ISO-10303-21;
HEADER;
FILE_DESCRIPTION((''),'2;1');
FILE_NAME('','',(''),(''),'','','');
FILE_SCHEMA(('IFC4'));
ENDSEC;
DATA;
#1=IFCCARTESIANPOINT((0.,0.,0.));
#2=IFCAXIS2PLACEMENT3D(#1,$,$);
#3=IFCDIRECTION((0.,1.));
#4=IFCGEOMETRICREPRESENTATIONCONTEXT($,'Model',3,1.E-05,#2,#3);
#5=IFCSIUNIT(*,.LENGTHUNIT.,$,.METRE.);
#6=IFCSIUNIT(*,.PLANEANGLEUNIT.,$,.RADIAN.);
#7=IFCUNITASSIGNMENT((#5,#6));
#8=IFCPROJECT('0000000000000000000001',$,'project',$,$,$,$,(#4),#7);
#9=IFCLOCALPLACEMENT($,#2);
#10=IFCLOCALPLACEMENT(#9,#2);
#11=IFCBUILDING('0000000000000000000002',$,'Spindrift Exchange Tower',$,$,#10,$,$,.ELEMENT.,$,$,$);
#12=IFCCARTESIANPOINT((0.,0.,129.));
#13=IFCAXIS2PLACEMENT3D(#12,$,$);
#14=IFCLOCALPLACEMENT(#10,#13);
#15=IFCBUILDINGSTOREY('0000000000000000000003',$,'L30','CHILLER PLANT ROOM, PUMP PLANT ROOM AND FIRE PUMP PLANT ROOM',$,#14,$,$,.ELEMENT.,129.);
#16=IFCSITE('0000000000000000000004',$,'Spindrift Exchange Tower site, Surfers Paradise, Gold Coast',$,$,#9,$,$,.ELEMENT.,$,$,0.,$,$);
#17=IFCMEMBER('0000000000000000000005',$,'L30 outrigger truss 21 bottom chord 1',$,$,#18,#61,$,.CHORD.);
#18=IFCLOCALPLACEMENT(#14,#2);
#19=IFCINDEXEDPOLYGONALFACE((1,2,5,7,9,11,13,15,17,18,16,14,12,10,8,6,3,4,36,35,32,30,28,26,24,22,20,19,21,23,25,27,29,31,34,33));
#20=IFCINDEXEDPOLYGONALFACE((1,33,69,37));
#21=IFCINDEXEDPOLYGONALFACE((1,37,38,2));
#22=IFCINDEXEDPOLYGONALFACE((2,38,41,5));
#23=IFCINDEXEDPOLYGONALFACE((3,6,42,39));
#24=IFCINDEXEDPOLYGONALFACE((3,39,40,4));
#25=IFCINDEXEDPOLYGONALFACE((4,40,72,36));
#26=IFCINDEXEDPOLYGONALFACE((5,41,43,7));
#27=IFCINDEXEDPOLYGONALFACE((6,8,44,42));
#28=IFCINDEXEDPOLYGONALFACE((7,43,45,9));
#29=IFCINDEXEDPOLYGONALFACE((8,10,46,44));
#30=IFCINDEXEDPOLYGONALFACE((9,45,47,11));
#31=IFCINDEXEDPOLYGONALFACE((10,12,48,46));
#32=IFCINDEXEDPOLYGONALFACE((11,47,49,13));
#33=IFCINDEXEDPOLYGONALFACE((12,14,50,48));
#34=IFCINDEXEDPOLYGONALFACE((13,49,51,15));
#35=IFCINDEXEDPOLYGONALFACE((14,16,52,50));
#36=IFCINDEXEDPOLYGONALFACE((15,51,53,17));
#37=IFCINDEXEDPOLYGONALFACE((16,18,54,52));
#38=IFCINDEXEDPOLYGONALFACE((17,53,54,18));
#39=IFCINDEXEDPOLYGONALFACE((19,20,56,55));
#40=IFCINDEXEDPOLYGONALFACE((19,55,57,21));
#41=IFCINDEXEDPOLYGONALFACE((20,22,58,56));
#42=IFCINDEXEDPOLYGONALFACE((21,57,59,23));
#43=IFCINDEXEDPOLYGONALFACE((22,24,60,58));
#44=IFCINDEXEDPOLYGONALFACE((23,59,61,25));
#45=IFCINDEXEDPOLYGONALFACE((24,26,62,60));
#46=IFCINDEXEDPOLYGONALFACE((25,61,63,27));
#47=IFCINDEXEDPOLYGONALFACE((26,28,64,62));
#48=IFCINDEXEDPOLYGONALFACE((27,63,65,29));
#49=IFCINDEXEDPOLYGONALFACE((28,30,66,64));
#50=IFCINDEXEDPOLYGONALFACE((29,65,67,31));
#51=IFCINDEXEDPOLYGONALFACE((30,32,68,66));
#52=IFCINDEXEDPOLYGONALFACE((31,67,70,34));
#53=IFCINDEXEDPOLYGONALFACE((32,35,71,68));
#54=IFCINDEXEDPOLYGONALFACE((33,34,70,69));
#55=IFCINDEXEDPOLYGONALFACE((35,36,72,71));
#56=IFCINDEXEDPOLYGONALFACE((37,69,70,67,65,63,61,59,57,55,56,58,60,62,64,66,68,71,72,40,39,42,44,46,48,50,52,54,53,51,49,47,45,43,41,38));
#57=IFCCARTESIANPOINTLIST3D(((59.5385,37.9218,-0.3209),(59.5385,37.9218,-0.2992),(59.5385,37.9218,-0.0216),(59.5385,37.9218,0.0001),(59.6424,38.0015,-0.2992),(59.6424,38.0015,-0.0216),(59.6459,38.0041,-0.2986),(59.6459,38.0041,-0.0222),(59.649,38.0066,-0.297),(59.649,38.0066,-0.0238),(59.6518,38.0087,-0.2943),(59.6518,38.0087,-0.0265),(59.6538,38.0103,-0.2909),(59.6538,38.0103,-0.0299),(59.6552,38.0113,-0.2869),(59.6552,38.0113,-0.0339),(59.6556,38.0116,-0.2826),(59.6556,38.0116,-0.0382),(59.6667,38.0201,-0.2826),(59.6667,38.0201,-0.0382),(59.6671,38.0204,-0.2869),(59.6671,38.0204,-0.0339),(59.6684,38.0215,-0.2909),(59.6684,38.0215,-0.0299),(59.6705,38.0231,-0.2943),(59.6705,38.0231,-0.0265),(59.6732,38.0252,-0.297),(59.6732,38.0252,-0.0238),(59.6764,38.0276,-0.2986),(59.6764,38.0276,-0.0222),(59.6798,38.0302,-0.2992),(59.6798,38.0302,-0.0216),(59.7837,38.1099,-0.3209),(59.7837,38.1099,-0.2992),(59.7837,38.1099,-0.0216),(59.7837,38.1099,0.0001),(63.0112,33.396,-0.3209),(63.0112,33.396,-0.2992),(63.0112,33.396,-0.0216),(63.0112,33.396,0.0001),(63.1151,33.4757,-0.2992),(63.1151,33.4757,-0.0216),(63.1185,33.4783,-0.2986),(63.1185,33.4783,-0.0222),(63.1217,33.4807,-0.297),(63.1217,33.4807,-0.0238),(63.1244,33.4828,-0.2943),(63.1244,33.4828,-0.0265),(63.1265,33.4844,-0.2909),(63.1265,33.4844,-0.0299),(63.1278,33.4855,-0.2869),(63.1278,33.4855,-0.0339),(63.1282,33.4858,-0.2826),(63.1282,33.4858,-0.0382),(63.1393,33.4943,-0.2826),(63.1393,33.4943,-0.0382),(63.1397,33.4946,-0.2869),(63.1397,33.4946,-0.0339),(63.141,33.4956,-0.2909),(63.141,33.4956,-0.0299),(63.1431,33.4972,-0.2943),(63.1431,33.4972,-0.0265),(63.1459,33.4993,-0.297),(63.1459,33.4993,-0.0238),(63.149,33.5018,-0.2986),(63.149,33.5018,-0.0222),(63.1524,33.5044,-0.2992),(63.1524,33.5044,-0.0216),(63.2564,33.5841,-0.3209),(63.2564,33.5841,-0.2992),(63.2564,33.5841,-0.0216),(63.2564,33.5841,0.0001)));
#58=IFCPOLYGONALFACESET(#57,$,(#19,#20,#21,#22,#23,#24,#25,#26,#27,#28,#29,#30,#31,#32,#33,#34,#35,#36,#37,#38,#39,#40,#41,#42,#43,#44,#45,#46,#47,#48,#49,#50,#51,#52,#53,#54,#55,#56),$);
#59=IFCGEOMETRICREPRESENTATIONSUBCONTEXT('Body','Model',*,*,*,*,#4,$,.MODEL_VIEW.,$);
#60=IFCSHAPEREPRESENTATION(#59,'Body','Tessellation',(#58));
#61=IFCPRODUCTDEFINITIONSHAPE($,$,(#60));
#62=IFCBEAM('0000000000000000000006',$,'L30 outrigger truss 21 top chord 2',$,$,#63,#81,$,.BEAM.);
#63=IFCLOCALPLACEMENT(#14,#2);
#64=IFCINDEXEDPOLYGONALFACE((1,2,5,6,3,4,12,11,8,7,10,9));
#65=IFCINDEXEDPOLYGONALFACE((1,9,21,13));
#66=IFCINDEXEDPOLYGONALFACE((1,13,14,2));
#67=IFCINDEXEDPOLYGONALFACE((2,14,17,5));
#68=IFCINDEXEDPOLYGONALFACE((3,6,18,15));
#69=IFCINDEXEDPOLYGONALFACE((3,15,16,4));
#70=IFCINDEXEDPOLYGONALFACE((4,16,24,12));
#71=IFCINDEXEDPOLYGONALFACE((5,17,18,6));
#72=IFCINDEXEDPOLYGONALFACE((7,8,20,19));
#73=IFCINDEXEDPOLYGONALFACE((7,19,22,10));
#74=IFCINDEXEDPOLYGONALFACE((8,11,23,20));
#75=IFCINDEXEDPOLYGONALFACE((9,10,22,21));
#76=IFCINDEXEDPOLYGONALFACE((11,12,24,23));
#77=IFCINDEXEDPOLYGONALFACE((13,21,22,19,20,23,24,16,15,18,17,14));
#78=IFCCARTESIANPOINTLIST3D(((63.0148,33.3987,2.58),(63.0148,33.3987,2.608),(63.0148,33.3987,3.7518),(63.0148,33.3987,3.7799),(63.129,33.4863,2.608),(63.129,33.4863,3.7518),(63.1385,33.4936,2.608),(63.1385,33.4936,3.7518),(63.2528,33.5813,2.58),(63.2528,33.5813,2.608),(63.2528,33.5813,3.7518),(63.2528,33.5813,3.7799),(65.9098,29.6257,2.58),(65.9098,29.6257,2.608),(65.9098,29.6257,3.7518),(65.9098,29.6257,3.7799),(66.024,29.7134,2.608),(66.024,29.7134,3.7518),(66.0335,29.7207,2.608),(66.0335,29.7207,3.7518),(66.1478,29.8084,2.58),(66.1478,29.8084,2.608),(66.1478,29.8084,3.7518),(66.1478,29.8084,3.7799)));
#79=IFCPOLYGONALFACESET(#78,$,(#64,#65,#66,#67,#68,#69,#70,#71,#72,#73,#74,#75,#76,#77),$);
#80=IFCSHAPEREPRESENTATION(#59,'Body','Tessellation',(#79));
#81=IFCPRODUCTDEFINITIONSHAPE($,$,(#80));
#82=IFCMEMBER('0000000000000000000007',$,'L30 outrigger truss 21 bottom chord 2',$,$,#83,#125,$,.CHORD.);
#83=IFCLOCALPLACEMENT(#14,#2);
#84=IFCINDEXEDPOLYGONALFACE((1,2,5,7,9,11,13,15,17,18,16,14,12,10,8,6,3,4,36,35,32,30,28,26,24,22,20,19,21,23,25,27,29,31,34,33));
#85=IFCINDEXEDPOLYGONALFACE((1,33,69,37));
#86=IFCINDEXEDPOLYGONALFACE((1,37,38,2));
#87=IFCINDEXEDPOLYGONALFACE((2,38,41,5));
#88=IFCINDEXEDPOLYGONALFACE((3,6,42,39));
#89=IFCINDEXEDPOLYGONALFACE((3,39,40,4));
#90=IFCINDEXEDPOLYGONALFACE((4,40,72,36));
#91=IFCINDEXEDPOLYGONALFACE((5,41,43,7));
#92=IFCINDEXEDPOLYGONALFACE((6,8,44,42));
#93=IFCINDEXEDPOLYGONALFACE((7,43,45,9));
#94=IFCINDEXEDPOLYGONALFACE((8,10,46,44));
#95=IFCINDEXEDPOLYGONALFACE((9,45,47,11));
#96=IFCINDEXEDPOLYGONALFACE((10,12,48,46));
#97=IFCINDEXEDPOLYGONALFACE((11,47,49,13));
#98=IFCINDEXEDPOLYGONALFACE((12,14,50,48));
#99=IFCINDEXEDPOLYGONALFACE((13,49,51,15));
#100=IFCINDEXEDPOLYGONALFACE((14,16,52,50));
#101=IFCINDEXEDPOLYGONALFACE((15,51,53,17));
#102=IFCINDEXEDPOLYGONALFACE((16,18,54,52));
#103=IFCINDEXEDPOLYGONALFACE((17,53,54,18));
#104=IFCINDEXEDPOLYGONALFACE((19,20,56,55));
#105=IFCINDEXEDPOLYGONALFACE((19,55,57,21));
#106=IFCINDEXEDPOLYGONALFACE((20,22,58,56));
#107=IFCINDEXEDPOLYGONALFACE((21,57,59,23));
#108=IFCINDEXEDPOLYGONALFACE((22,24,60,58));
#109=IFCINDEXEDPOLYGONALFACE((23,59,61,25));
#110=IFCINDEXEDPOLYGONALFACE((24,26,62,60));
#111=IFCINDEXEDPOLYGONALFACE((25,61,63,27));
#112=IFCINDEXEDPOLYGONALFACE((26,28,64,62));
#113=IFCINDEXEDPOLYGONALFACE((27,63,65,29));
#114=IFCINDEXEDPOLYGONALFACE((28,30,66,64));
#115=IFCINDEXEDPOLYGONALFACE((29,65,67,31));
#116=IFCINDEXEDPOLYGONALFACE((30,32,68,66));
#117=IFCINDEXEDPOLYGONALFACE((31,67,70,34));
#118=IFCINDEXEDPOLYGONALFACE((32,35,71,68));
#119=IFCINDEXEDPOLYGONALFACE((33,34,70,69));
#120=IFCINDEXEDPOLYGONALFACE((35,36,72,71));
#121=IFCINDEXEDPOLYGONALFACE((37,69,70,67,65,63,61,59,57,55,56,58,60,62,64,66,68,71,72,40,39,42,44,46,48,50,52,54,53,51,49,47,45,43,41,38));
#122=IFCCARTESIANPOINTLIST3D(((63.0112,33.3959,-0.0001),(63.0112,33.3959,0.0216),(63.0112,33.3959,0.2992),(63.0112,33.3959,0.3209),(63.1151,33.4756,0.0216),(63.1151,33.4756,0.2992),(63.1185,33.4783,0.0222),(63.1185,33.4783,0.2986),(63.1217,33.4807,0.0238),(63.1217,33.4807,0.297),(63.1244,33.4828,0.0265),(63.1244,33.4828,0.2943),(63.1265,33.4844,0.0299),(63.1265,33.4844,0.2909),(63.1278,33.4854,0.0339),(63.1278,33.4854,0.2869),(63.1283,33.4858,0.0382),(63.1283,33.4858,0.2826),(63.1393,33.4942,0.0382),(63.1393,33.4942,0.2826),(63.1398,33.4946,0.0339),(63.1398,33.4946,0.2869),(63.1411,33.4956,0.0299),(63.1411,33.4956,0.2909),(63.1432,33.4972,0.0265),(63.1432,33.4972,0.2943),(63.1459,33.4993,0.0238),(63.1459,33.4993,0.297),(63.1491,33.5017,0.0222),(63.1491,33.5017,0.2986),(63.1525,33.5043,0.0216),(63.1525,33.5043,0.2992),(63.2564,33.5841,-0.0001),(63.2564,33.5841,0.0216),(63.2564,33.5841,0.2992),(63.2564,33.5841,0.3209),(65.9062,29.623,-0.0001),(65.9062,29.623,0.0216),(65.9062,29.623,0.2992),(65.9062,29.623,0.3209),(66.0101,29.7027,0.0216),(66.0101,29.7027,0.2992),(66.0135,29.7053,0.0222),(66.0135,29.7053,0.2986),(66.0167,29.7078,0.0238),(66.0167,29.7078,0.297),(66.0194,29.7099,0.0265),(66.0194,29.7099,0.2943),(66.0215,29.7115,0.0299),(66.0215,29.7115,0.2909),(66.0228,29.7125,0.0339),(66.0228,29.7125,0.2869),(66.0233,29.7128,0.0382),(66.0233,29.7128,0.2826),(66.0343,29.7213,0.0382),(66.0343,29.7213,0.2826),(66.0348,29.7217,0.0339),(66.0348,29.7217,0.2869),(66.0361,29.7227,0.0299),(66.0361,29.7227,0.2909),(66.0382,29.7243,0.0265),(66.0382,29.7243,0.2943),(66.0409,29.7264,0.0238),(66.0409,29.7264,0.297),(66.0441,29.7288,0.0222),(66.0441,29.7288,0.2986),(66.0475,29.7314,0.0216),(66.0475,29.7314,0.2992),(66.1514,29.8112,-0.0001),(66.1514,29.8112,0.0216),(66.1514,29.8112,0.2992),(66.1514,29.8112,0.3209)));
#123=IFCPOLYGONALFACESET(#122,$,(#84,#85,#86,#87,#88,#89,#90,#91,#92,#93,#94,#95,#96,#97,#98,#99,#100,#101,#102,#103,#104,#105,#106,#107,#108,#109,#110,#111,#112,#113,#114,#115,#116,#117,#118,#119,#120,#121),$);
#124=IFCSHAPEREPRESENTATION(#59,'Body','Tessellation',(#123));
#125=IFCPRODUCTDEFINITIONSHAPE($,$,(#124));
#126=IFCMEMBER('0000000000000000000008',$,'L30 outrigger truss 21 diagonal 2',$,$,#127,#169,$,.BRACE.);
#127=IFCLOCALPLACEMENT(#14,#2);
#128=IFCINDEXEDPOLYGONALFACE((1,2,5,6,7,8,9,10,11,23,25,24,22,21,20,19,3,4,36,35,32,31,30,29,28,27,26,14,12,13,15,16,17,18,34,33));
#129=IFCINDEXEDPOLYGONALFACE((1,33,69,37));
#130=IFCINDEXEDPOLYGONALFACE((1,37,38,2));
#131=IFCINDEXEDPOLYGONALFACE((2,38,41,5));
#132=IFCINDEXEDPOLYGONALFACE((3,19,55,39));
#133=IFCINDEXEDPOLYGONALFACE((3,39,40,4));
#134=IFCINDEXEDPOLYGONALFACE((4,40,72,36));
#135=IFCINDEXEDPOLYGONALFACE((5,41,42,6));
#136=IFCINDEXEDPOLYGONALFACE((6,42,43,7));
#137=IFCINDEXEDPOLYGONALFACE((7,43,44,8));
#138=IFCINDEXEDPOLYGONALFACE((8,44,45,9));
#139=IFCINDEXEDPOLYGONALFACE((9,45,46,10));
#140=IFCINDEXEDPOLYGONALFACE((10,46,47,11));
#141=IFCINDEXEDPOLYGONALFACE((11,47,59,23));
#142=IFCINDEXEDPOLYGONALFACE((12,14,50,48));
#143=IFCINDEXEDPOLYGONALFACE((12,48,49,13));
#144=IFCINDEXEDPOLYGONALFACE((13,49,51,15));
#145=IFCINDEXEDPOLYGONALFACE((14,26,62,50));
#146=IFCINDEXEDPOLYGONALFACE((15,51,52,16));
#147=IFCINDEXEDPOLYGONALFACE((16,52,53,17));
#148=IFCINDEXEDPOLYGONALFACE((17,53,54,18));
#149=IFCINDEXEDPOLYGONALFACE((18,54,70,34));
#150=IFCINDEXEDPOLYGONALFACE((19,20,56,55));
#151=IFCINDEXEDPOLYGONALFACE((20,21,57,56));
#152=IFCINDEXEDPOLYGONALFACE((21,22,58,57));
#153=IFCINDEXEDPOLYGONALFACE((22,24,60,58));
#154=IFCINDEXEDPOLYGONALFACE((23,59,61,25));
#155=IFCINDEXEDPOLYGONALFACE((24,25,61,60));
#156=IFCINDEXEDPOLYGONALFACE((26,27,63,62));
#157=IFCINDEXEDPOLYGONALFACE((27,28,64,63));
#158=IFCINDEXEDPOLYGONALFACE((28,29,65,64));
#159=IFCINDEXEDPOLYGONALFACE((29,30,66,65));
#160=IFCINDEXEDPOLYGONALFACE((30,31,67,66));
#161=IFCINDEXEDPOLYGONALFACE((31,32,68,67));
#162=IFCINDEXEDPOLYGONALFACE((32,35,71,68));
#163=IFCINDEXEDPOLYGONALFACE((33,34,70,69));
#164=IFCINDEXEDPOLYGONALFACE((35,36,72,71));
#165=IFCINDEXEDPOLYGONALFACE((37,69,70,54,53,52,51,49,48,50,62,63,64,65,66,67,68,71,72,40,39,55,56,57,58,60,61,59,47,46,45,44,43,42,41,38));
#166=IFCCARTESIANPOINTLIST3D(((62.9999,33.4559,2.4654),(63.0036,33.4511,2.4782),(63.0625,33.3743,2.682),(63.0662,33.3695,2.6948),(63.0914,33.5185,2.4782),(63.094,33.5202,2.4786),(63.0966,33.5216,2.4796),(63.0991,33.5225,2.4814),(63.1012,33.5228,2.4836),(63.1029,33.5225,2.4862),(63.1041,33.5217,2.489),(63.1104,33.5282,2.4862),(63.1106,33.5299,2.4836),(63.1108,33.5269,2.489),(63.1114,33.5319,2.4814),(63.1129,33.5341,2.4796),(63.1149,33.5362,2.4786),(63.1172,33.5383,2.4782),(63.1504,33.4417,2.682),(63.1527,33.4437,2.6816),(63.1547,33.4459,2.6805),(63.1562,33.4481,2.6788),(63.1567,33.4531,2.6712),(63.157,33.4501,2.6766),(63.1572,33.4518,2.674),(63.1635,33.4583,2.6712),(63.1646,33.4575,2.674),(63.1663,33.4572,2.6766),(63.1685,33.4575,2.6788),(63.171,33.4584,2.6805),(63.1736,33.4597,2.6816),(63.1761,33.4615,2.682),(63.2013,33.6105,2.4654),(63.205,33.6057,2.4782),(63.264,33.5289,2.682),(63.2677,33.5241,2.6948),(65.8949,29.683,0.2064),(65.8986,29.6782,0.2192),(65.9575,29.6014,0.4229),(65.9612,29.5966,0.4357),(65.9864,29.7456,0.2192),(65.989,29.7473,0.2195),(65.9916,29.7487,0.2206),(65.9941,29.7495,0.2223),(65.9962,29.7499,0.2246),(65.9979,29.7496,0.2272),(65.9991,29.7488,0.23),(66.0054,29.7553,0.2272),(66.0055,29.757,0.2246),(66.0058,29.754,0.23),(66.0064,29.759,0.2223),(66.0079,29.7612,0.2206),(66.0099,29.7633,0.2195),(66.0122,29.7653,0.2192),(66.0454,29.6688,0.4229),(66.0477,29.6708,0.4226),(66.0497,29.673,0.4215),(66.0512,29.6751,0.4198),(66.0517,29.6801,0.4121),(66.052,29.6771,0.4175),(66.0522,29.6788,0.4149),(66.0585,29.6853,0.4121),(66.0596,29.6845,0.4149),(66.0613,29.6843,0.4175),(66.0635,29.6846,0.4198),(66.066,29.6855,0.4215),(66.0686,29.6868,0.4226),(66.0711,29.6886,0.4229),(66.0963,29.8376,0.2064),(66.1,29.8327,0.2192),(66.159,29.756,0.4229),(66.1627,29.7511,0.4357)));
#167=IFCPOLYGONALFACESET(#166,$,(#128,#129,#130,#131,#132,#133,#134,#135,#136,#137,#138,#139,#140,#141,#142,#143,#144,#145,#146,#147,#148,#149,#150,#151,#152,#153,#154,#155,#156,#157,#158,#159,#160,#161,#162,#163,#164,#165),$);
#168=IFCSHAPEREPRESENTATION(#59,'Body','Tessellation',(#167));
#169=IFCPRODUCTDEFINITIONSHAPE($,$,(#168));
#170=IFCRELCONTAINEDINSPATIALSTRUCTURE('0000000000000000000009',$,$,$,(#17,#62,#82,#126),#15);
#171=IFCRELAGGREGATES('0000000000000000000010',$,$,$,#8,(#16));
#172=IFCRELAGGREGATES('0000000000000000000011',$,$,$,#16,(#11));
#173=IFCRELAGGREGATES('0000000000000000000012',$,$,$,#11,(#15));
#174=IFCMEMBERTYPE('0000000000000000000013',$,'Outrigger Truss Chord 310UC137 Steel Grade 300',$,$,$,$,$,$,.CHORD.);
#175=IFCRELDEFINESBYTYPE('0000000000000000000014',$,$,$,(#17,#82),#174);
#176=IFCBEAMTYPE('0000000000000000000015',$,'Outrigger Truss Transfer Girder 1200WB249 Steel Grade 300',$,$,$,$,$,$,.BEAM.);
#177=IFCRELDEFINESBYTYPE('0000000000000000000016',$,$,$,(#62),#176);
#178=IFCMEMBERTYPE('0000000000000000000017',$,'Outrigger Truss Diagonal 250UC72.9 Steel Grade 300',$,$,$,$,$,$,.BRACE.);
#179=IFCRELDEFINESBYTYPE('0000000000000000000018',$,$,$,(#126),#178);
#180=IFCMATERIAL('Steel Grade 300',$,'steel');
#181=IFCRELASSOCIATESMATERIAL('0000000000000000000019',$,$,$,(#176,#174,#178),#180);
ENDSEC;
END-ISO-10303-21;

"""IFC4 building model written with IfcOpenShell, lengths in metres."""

from ifc_helpers import new_model, si_unit, direction, frame, origin, origin_2d, place, context, subcontext, project, spatial, i_section, extrude, source, transform, mapped, material, material_profile, profile_set, type_object, element, save


model = new_model("IFC4")

# Units and contexts
model_context = context("Model", 3, precision=1e-05, world=origin(), true_north=direction((0.0, 1.0)))
body_context = subcontext(model_context, "Body", "Model", "MODEL_VIEW")
ifc_project = project(units=[si_unit("LENGTHUNIT", "METRE"), si_unit("PLANEANGLEUNIT", "RADIAN")], contexts=[model_context])

# Site, building, storey
site_placement = place(None, origin())
site = spatial("IfcSite", under=ifc_project, at=site_placement, Name="Spindrift Exchange Tower site, Surfers Paradise, Gold Coast", CompositionType="ELEMENT", RefElevation=0.0)
building_placement = place(site_placement, origin())
building = spatial("IfcBuilding", under=site, at=building_placement, Name="Spindrift Exchange Tower", CompositionType="ELEMENT")
storey_placement = place(building_placement, frame((0.0, 0.0, 129.0)))
storey = spatial("IfcBuildingStorey", under=building, at=storey_placement, Name="L30", Description="CHILLER PLANT ROOM, PUMP PLANT ROOM AND FIRE PUMP PLANT ROOM", CompositionType="ELEMENT", Elevation=129.0)

# Shared definitions
ifc_material_1 = material(Name="Steel Grade 300", Category="steel")
ifc_material_profile_1 = material_profile(ifc_material_1, i_section(OverallWidth=0.3, OverallDepth=1.2, WebThickness=0.012, FlangeThickness=0.0281, at=origin_2d()), Name="1200WB249")
ifc_profile_set_1 = profile_set([ifc_material_profile_1], Name="Steel Grade 300")
beam_type = type_object("IfcBeamType", Name="Outrigger Truss Transfer Girder 1200WB249 Steel Grade 300", PredefinedType="BEAM", material=ifc_profile_set_1)

# Member
ifc_material_profile_2 = material_profile(ifc_material_1, i_section(OverallWidth=0.3091, OverallDepth=0.321, WebThickness=0.0139, FlangeThickness=0.0217, FilletRadius=0.0166, at=origin_2d()), Name="310UC137")
ifc_profile_set_2 = profile_set([ifc_material_profile_2], Name="Steel Grade 300")
member_type_1 = type_object("IfcMemberType", Name="Outrigger Truss Chord 310UC137 Steel Grade 300", PredefinedType="CHORD", material=ifc_profile_set_2)
ifc_material_profile_3 = material_profile(ifc_material_1, i_section(OverallWidth=0.2539, OverallDepth=0.2539, WebThickness=0.0085, FlangeThickness=0.0142, FilletRadius=0.012, at=origin_2d()), Name="250UC72.9")
ifc_profile_set_3 = profile_set([ifc_material_profile_3], Name="Steel Grade 300")
member_type_2 = type_object("IfcMemberType", Name="Outrigger Truss Diagonal 250UC72.9 Steel Grade 300", PredefinedType="BRACE", material=ifc_profile_set_3)
shared_shape_1 = source(origin(), body_context, "Body", "SweptSolid", [
    extrude(i_section(OverallWidth=0.3091, OverallDepth=0.321, WebThickness=0.0139, FlangeThickness=0.0217, FilletRadius=0.0166, at=origin_2d()), origin(), (0.0, 0.0, 1.0), 5.7046),
])
member_1_placement = place(storey_placement, frame((59.6611, 38.0159, -0.1604), z_axis=(0.608742, -0.793368, 0.0), x_axis=(0.793368, 0.608742, 0.0)))
element("IfcMember", 1, at=member_1_placement, inside=storey, type_object=member_type_1, Name="L30 outrigger truss 21 bottom chord 1", PredefinedType="CHORD", context=body_context, shape_type="MappedRepresentation", body=[
    mapped(shared_shape_1, transform((0.0, 0.0, 0.0), scale=1.0)),
])

# Beam
shared_shape_2 = source(origin(), body_context, "Body", "SweptSolid", [
    extrude(i_section(OverallWidth=0.3, OverallDepth=1.2, WebThickness=0.012, FlangeThickness=0.0281, at=origin_2d()), origin(), (0.0, 0.0, 1.0), 4.7556),
])
beam_1_placement = place(storey_placement, frame((63.1338, 33.49, 3.1799), z_axis=(0.608753, -0.79336, 0.0), x_axis=(0.79336, 0.608753, 0.0)))
element("IfcBeam", 2, at=beam_1_placement, inside=storey, type_object=beam_type, Name="L30 outrigger truss 21 top chord 2", PredefinedType="BEAM", context=body_context, shape_type="MappedRepresentation", body=[
    mapped(shared_shape_2, transform((0.0, 0.0, 0.0), scale=1.0)),
])

# Members
shared_shape_3 = source(origin(), body_context, "Body", "SweptSolid", [
    extrude(i_section(OverallWidth=0.3091, OverallDepth=0.321, WebThickness=0.0139, FlangeThickness=0.0217, FilletRadius=0.0166, at=origin_2d()), origin(), (0.0, 0.0, 1.0), 4.7556),
])
member_2_placement = place(storey_placement, frame((63.1338, 33.49, 0.1604), z_axis=(0.608753, -0.79336, 0.0), x_axis=(0.79336, 0.608753, 0.0)))
element("IfcMember", 3, at=member_2_placement, inside=storey, type_object=member_type_1, Name="L30 outrigger truss 21 bottom chord 2", PredefinedType="CHORD", context=body_context, shape_type="MappedRepresentation", body=[
    mapped(shared_shape_3, transform((0.0, 0.0, 0.0), scale=1.0)),
])
shared_shape_4 = source(origin(), body_context, "Body", "SweptSolid", [
    extrude(i_section(OverallWidth=0.2539, OverallDepth=0.2539, WebThickness=0.0085, FlangeThickness=0.0142, FilletRadius=0.012, at=origin_2d()), origin(), (0.0, 0.0, 1.0), 5.2649),
])
member_3_placement = place(storey_placement, frame((63.1338, 33.49, 2.5801), z_axis=(0.549868, -0.716619, -0.429072), x_axis=(0.79336, 0.608753, 0.0)))
element("IfcMember", 4, at=member_3_placement, inside=storey, type_object=member_type_2, Name="L30 outrigger truss 21 diagonal 2", PredefinedType="BRACE", context=body_context, shape_type="MappedRepresentation", body=[
    mapped(shared_shape_4, transform((0.0, 0.0, 0.0), scale=1.0)),
])

save(model, "model.ifc")
